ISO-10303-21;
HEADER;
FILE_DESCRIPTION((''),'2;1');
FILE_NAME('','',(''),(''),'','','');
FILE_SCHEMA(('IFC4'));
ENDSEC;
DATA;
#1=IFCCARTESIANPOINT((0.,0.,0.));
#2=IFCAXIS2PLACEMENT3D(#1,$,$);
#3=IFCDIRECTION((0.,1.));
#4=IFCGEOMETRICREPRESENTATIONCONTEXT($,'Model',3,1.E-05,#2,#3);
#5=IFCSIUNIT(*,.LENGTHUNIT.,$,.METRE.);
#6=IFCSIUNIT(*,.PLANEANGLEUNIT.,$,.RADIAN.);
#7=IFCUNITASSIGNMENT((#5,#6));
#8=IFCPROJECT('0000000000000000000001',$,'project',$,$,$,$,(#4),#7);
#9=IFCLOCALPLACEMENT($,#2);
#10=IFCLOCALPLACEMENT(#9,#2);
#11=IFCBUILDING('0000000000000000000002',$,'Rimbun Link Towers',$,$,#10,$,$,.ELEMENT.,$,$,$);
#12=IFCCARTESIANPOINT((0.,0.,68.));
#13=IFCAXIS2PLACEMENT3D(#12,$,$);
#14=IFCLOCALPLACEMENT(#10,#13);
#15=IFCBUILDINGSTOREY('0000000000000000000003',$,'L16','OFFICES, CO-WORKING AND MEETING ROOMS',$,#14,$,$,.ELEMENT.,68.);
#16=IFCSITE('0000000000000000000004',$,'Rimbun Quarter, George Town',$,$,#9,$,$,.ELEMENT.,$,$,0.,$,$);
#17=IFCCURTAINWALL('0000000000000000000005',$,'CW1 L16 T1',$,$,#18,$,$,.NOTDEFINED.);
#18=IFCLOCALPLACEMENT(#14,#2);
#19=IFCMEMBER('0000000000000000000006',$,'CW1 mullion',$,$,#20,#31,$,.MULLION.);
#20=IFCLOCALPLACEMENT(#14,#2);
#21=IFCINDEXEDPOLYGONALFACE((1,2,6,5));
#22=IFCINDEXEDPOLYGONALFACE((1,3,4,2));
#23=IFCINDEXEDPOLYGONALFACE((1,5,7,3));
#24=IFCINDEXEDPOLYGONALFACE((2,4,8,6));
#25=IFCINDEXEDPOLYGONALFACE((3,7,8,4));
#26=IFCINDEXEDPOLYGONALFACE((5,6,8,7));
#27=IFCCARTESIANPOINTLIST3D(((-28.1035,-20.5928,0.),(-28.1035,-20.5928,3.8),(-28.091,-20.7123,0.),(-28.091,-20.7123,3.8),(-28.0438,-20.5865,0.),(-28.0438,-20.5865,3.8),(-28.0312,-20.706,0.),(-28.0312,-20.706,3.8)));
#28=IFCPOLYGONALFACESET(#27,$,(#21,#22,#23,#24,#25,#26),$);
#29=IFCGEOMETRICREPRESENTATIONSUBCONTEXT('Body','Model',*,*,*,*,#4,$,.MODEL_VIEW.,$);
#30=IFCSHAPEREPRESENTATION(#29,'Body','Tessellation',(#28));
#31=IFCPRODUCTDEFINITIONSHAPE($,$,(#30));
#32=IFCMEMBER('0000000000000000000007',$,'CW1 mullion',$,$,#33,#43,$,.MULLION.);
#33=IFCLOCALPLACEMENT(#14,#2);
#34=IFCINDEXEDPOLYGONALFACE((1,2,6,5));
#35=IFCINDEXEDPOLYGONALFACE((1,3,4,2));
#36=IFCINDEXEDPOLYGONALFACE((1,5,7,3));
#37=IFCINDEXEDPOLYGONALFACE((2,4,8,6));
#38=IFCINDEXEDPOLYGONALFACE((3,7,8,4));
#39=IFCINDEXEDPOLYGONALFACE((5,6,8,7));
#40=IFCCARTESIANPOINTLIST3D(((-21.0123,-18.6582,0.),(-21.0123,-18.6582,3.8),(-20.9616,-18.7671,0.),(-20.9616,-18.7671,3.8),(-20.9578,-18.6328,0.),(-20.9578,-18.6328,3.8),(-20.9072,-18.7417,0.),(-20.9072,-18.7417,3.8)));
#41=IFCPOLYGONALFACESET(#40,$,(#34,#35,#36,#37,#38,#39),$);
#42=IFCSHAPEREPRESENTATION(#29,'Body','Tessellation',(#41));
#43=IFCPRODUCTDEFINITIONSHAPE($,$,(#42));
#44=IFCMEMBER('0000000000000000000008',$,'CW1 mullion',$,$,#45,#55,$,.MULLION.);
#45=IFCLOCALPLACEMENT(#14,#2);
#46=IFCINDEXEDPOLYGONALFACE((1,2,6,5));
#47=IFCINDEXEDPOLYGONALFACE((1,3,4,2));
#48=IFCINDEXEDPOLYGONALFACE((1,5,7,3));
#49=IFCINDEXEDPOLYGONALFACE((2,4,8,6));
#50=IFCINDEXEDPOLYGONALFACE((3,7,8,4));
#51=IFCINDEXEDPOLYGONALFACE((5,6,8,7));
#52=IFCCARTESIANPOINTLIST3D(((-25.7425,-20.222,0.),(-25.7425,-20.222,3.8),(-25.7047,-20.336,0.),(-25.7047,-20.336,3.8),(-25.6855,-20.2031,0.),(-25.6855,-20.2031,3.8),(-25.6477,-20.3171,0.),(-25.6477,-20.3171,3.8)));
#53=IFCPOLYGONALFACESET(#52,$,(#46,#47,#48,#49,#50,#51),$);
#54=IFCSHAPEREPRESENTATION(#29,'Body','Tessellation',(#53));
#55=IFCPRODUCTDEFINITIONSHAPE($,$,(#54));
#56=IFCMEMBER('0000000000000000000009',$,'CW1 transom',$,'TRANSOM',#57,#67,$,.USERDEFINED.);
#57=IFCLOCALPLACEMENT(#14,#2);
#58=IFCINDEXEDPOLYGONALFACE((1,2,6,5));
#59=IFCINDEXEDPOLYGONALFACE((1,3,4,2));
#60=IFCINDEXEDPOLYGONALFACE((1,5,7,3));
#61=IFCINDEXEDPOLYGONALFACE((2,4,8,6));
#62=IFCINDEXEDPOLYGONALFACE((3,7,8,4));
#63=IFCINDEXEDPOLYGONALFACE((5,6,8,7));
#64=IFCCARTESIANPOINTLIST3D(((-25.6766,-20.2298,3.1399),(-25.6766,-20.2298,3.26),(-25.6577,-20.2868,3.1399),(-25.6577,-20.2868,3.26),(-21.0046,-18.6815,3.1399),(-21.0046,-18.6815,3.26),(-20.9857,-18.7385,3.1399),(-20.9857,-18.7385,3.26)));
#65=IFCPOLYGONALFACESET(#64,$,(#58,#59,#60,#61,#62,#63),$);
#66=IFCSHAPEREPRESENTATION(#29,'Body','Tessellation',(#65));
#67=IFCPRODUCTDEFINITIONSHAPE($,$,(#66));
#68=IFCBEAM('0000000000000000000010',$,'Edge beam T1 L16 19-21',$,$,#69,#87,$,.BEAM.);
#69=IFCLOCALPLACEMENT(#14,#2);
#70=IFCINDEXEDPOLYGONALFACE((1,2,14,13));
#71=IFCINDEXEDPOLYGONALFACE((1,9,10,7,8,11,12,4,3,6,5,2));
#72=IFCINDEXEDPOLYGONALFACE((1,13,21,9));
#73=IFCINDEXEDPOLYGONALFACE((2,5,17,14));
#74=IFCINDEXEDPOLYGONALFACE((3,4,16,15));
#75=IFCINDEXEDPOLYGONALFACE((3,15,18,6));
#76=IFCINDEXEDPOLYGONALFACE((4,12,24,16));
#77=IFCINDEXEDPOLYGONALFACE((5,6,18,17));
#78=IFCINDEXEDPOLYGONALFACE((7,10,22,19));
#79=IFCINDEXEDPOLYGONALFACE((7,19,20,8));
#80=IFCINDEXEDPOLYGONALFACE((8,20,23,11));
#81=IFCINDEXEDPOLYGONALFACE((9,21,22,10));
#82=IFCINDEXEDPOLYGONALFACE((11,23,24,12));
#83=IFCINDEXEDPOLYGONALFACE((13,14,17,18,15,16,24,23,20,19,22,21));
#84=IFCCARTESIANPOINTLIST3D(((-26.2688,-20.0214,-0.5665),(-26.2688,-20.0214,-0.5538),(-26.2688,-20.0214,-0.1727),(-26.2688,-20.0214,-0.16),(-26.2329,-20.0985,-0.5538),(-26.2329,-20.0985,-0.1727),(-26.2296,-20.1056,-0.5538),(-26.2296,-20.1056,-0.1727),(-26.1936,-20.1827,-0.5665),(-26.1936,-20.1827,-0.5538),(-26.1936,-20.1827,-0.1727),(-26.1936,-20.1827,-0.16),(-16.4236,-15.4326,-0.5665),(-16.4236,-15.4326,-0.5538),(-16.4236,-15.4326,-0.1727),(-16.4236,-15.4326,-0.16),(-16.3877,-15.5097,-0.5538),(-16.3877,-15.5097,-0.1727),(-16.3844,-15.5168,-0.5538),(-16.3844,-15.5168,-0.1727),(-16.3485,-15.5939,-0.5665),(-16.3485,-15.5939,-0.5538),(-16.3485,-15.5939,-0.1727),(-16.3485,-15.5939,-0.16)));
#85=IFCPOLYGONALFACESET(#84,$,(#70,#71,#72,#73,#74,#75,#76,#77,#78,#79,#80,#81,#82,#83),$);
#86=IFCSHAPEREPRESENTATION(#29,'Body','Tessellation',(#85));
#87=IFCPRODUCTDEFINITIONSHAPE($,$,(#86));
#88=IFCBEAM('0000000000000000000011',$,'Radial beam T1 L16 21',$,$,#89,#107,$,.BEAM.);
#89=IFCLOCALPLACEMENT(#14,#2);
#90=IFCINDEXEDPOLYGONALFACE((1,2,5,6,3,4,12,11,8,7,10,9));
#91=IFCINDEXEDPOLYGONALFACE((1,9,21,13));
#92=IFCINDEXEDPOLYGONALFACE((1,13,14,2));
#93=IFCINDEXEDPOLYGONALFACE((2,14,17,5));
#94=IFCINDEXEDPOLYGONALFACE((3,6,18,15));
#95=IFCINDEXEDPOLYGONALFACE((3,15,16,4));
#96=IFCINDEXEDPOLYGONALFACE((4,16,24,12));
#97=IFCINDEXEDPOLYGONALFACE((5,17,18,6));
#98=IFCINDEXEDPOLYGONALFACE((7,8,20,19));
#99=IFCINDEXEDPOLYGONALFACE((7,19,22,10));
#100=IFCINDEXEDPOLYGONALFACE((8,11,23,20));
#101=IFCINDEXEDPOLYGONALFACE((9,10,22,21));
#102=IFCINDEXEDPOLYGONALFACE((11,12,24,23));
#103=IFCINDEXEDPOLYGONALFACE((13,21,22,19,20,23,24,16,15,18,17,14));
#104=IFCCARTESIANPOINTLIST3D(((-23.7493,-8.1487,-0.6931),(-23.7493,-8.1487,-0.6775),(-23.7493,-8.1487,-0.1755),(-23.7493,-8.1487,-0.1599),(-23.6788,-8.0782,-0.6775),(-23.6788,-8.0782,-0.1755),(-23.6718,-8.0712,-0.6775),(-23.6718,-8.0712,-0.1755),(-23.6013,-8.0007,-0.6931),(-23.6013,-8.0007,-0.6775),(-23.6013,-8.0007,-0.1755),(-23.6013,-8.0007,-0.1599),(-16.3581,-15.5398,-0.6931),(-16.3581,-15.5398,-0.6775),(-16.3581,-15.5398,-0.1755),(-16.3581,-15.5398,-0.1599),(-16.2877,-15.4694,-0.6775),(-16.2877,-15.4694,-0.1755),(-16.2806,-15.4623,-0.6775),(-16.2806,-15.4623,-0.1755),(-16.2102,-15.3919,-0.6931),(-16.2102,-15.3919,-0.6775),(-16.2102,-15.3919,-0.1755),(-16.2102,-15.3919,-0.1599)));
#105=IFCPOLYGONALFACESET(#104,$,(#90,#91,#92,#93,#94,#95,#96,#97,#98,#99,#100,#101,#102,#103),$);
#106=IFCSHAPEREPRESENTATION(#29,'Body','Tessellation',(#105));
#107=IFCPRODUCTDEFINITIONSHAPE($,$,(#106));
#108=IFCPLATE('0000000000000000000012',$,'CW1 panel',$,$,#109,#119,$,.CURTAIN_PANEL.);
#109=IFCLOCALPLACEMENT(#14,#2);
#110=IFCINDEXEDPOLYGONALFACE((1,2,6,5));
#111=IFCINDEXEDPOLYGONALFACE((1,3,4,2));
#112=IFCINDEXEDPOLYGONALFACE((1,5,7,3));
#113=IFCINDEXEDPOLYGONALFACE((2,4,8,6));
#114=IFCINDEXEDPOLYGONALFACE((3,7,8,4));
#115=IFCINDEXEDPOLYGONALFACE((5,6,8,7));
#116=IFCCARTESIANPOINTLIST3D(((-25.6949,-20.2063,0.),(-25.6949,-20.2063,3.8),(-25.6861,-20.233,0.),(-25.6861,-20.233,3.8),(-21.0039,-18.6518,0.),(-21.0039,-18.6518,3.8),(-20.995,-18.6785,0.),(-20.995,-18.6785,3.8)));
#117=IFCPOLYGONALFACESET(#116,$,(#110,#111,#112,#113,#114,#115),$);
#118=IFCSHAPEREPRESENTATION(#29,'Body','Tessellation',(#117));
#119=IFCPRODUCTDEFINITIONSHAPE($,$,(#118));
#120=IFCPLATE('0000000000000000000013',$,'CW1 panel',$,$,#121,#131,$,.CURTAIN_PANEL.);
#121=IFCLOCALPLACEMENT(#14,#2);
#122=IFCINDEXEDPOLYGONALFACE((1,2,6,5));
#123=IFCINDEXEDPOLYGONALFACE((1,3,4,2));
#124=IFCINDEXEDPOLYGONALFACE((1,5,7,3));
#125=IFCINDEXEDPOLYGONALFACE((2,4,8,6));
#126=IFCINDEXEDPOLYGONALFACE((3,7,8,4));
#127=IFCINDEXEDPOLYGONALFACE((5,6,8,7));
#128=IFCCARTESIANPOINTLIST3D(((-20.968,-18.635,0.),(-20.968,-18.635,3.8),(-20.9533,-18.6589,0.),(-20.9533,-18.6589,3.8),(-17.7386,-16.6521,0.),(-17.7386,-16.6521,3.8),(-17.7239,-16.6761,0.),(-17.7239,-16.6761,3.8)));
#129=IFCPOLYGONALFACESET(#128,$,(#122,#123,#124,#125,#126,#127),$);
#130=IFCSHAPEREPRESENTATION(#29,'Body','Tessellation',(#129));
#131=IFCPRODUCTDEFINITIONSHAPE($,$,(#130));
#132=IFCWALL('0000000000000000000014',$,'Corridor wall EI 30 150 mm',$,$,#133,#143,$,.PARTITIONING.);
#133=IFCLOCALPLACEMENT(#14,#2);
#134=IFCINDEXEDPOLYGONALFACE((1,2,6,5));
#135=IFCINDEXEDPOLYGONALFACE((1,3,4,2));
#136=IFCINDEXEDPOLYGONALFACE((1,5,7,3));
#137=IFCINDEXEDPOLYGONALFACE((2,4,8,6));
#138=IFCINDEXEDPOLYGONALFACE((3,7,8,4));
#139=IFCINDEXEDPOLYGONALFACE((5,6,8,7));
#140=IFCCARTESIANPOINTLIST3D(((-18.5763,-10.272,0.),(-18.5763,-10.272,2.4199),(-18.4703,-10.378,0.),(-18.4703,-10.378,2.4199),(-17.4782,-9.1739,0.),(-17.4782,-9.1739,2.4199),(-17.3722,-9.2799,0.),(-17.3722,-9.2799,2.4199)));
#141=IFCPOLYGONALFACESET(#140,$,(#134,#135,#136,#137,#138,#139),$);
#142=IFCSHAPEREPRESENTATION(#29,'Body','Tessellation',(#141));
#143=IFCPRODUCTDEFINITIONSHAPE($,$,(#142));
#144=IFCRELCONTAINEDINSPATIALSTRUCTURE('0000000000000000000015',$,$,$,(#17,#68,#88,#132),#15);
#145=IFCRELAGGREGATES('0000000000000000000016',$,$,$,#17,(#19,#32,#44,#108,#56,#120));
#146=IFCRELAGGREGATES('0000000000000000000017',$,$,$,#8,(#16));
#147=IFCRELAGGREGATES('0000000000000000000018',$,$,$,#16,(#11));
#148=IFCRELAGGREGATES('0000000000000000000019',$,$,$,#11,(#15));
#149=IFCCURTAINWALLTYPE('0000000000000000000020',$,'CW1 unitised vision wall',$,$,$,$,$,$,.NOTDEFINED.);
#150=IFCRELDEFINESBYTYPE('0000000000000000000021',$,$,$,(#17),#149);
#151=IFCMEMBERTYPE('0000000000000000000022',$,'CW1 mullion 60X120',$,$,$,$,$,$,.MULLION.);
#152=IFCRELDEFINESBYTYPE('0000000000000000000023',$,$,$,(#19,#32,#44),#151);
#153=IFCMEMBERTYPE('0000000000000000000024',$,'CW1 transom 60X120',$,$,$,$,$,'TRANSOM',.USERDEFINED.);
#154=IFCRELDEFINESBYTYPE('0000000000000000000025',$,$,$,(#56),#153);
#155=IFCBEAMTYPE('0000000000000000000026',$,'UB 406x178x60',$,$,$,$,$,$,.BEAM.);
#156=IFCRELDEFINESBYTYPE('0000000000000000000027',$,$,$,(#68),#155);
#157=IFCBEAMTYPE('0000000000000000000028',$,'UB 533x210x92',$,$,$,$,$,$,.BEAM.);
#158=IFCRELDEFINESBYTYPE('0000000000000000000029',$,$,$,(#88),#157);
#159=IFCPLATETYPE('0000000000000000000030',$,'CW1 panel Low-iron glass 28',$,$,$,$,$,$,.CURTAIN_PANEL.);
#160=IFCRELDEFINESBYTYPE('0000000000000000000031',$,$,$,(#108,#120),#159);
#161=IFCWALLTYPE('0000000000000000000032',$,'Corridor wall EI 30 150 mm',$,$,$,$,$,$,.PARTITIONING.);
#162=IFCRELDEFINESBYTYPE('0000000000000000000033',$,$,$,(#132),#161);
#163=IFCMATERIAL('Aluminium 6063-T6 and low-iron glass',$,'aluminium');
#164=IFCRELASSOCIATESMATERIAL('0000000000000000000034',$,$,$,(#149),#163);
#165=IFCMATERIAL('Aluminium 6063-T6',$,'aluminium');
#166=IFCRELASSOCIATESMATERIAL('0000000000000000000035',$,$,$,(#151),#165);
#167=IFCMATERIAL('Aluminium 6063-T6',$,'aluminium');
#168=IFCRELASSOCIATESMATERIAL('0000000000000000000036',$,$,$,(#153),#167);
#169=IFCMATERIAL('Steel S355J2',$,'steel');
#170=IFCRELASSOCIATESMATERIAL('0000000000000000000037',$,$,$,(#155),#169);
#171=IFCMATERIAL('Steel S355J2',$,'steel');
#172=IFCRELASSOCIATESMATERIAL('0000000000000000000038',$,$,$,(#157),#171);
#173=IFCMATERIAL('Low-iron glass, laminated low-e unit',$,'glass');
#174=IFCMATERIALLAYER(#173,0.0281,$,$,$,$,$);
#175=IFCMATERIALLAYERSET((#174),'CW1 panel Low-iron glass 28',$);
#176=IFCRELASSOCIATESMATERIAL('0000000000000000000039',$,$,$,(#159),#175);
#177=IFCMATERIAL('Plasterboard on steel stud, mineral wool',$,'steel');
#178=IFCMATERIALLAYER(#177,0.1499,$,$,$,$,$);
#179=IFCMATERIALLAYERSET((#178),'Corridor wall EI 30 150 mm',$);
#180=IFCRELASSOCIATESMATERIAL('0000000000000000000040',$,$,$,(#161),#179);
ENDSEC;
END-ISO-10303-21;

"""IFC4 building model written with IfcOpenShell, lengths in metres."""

from ifc_helpers import new_model, si_unit, direction, frame, frame_2d, origin, origin_2d, place, context, subcontext, project, spatial, rectangle, i_section, extrude, material, layer, layer_set, material_profile, profile_set, type_object, element, aggregate, save


model = new_model("IFC4")

# Units and contexts
model_context = context("Model", 3, precision=1e-05, world=origin(), true_north=direction((0.0, 1.0)))
body_context = subcontext(model_context, "Body", "Model", "MODEL_VIEW")
ifc_project = project(units=[si_unit("LENGTHUNIT", "METRE"), si_unit("PLANEANGLEUNIT", "RADIAN")], contexts=[model_context])

# Site, building, storey
site_placement = place(None, origin())
site = spatial("IfcSite", under=ifc_project, at=site_placement, Name="Rimbun Quarter, George Town", CompositionType="ELEMENT", RefElevation=0.0)
building_placement = place(site_placement, origin())
building = spatial("IfcBuilding", under=site, at=building_placement, Name="Rimbun Link Towers", CompositionType="ELEMENT")
storey_placement = place(building_placement, frame((0.0, 0.0, 68.0)))
storey = spatial("IfcBuildingStorey", under=building, at=storey_placement, Name="L16", Description="OFFICES, CO-WORKING AND MEETING ROOMS", CompositionType="ELEMENT", Elevation=68.0)

# Curtain wall, members
ifc_material_1 = material(Name="Aluminium 6063-T6 and low-iron glass", Category="aluminium")
curtain_wall_type = type_object("IfcCurtainWallType", Name="CW1 unitised vision wall", PredefinedType="NOTDEFINED", material=ifc_material_1)
curtain_wall_placement = place(storey_placement, origin())
curtain_wall = element("IfcCurtainWall", 1, at=curtain_wall_placement, inside=storey, type_object=curtain_wall_type, Name="CW1 L16 T1", PredefinedType="NOTDEFINED")
ifc_material_2 = material(Name="Aluminium 6063-T6", Category="aluminium")
ifc_material_profile_1 = material_profile(ifc_material_2, rectangle(XDim=0.1201, YDim=0.0601, at=origin_2d()), Name="MULLION 60X120")
ifc_profile_set_1 = profile_set([ifc_material_profile_1], Name="Aluminium 6063-T6")
member_type_1 = type_object("IfcMemberType", Name="CW1 mullion 60X120", PredefinedType="MULLION", material=ifc_profile_set_1)
member_1_placement = place(storey_placement, frame((-28.0674, -20.6494, 0.0), z_axis=(0.0, 0.0, 1.0), x_axis=(0.104735, -0.9945, 0.0)))
member_1 = element("IfcMember", 2, at=member_1_placement, type_object=member_type_1, Name="CW1 mullion", PredefinedType="MULLION", context=body_context, shape_type="SweptSolid", body=[
    extrude(rectangle(XDim=0.1201, YDim=0.0601, at=origin_2d()), origin(), (0.0, 0.0, 1.0), 3.8),
])
member_2_placement = place(storey_placement, frame((-20.9597, -18.7, 0.0), z_axis=(0.0, 0.0, 1.0), x_axis=(0.421699, -0.906736, 0.0)))
member_2 = element("IfcMember", 3, at=member_2_placement, type_object=member_type_1, Name="CW1 mullion", PredefinedType="MULLION", context=body_context, shape_type="SweptSolid", body=[
    extrude(rectangle(XDim=0.1201, YDim=0.0601, at=origin_2d()), origin(), (0.0, 0.0, 1.0), 3.8),
])
member_3_placement = place(storey_placement, frame((-25.6951, -20.2695, 0.0), z_axis=(0.0, 0.0, 1.0), x_axis=(0.314556, -0.949239, 0.0)))
member_3 = element("IfcMember", 4, at=member_3_placement, type_object=member_type_1, Name="CW1 mullion", PredefinedType="MULLION", context=body_context, shape_type="SweptSolid", body=[
    extrude(rectangle(XDim=0.1201, YDim=0.0601, at=origin_2d()), origin(), (0.0, 0.0, 1.0), 3.8),
])
ifc_material_3 = material(Name="Aluminium 6063-T6", Category="aluminium")
ifc_material_profile_2 = material_profile(ifc_material_3, rectangle(XDim=0.0601, YDim=0.1201, at=origin_2d()), Name="TRANSOM 60X120")
ifc_profile_set_2 = profile_set([ifc_material_profile_2], Name="Aluminium 6063-T6")
member_type_2 = type_object("IfcMemberType", Name="CW1 transom 60X120", ElementType="TRANSOM", PredefinedType="USERDEFINED", material=ifc_profile_set_2)
member_4_placement = place(storey_placement, frame((-20.9951, -18.71, 3.2), z_axis=(-0.949232, -0.314576, 0.0), x_axis=(0.314576, -0.949232, 0.0)))
member_4 = element("IfcMember", 5, at=member_4_placement, type_object=member_type_2, Name="CW1 transom", ObjectType="TRANSOM", PredefinedType="USERDEFINED", context=body_context, shape_type="SweptSolid", body=[
    extrude(rectangle(XDim=0.0601, YDim=0.1201, at=origin_2d()), origin(), (0.0, 0.0, 1.0), 4.9219),
])

# Beams
ifc_material_4 = material(Name="Steel S355J2", Category="steel")
ifc_material_profile_3 = material_profile(ifc_material_4, i_section(OverallWidth=0.178, OverallDepth=0.4065, WebThickness=0.0078, FlangeThickness=0.0127, at=origin_2d()), Name="UB 406x178x60")
ifc_profile_set_3 = profile_set([ifc_material_profile_3], Name="Steel S355J2")
beam_type_1 = type_object("IfcBeamType", Name="UB 406x178x60", PredefinedType="BEAM", material=ifc_profile_set_3)
beam_1_placement = place(storey_placement, frame((-26.2312, -20.1021, -0.3633), z_axis=(0.906379, 0.422465, 0.0), x_axis=(-0.422465, 0.906379, 0.0)))
element("IfcBeam", 6, at=beam_1_placement, inside=storey, type_object=beam_type_1, Name="Edge beam T1 L16 19-21", PredefinedType="BEAM", context=body_context, shape_type="SweptSolid", body=[
    extrude(i_section(OverallWidth=0.178, OverallDepth=0.4065, WebThickness=0.0078, FlangeThickness=0.0127, at=origin_2d()), origin(), (0.0, 0.0, 1.0), 10.8621),
])
ifc_material_5 = material(Name="Steel S355J2", Category="steel")
ifc_material_profile_4 = material_profile(ifc_material_5, i_section(OverallWidth=0.2092, OverallDepth=0.5332, WebThickness=0.01, FlangeThickness=0.0156, at=origin_2d()), Name="UB 533x210x92")
ifc_profile_set_4 = profile_set([ifc_material_profile_4], Name="Steel S355J2")
beam_type_2 = type_object("IfcBeamType", Name="UB 533x210x92", PredefinedType="BEAM", material=ifc_profile_set_4)
beam_2_placement = place(storey_placement, frame((-23.6753, -8.0747, -0.4265), z_axis=(0.707107, -0.707107, 0.0), x_axis=(0.707107, 0.707107, 0.0)))
element("IfcBeam", 7, at=beam_2_placement, inside=storey, type_object=beam_type_2, Name="Radial beam T1 L16 21", PredefinedType="BEAM", context=body_context, shape_type="SweptSolid", body=[
    extrude(i_section(OverallWidth=0.2092, OverallDepth=0.5332, WebThickness=0.01, FlangeThickness=0.0156, at=origin_2d()), origin(), (0.0, 0.0, 1.0), 10.4526),
])

# Plates
ifc_material_6 = material(Name="Low-iron glass, laminated low-e unit", Category="glass")
ifc_layer_1 = layer(ifc_material_6, 0.0281)
ifc_layer_set_1 = layer_set([ifc_layer_1], Name="CW1 panel Low-iron glass 28")
plate_type = type_object("IfcPlateType", Name="CW1 panel Low-iron glass 28", PredefinedType="CURTAIN_PANEL", material=ifc_layer_set_1)
plate_1_placement = place(storey_placement, frame((-23.345, -19.4424, 0.0), z_axis=(0.0, 0.0, 1.0), x_axis=(-0.949239, -0.314556, 0.0)))
plate_1 = element("IfcPlate", 8, at=plate_1_placement, type_object=plate_type, Name="CW1 panel", PredefinedType="CURTAIN_PANEL", context=body_context, shape_type="SweptSolid", body=[
    extrude(rectangle(XDim=4.9419, YDim=0.0281, at=origin_2d()), origin(), (0.0, 0.0, 1.0), 3.8),
])
plate_2_placement = place(storey_placement, frame((-19.3459, -17.6555, 0.0), z_axis=(0.0, 0.0, 1.0), x_axis=(-0.852186, -0.523239, 0.0)))
plate_2 = element("IfcPlate", 9, at=plate_2_placement, type_object=plate_type, Name="CW1 panel", PredefinedType="CURTAIN_PANEL", context=body_context, shape_type="SweptSolid", body=[
    extrude(rectangle(XDim=3.7896, YDim=0.0281, at=origin_2d()), origin(), (0.0, 0.0, 1.0), 3.8),
])
aggregate(curtain_wall, [member_1, member_2, member_3, plate_1, member_4, plate_2])

# Wall
ifc_material_7 = material(Name="Plasterboard on steel stud, mineral wool", Category="steel")
ifc_layer_2 = layer(ifc_material_7, 0.1499)
ifc_layer_set_2 = layer_set([ifc_layer_2], Name="Corridor wall EI 30 150 mm")
wall_type_1 = type_object("IfcWallType", Name="Corridor wall EI 30 150 mm", PredefinedType="PARTITIONING", material=ifc_layer_set_2)
wall_1_placement = place(storey_placement, frame((-18.5232, -10.325, 0.0), z_axis=(0.0, 0.0, 1.0), x_axis=(0.707107, 0.707107, 0.0)))
element("IfcWall", 10, at=wall_1_placement, inside=storey, type_object=wall_type_1, Name="Corridor wall EI 30 150 mm", PredefinedType="PARTITIONING", context=body_context, shape_type="SweptSolid", body=[
    extrude(rectangle(XDim=1.553, YDim=0.1499, at=frame_2d((0.7764, 0.0))), origin(), (0.0, 0.0, 1.0), 2.4199),
])

save(model, "model.ifc")
